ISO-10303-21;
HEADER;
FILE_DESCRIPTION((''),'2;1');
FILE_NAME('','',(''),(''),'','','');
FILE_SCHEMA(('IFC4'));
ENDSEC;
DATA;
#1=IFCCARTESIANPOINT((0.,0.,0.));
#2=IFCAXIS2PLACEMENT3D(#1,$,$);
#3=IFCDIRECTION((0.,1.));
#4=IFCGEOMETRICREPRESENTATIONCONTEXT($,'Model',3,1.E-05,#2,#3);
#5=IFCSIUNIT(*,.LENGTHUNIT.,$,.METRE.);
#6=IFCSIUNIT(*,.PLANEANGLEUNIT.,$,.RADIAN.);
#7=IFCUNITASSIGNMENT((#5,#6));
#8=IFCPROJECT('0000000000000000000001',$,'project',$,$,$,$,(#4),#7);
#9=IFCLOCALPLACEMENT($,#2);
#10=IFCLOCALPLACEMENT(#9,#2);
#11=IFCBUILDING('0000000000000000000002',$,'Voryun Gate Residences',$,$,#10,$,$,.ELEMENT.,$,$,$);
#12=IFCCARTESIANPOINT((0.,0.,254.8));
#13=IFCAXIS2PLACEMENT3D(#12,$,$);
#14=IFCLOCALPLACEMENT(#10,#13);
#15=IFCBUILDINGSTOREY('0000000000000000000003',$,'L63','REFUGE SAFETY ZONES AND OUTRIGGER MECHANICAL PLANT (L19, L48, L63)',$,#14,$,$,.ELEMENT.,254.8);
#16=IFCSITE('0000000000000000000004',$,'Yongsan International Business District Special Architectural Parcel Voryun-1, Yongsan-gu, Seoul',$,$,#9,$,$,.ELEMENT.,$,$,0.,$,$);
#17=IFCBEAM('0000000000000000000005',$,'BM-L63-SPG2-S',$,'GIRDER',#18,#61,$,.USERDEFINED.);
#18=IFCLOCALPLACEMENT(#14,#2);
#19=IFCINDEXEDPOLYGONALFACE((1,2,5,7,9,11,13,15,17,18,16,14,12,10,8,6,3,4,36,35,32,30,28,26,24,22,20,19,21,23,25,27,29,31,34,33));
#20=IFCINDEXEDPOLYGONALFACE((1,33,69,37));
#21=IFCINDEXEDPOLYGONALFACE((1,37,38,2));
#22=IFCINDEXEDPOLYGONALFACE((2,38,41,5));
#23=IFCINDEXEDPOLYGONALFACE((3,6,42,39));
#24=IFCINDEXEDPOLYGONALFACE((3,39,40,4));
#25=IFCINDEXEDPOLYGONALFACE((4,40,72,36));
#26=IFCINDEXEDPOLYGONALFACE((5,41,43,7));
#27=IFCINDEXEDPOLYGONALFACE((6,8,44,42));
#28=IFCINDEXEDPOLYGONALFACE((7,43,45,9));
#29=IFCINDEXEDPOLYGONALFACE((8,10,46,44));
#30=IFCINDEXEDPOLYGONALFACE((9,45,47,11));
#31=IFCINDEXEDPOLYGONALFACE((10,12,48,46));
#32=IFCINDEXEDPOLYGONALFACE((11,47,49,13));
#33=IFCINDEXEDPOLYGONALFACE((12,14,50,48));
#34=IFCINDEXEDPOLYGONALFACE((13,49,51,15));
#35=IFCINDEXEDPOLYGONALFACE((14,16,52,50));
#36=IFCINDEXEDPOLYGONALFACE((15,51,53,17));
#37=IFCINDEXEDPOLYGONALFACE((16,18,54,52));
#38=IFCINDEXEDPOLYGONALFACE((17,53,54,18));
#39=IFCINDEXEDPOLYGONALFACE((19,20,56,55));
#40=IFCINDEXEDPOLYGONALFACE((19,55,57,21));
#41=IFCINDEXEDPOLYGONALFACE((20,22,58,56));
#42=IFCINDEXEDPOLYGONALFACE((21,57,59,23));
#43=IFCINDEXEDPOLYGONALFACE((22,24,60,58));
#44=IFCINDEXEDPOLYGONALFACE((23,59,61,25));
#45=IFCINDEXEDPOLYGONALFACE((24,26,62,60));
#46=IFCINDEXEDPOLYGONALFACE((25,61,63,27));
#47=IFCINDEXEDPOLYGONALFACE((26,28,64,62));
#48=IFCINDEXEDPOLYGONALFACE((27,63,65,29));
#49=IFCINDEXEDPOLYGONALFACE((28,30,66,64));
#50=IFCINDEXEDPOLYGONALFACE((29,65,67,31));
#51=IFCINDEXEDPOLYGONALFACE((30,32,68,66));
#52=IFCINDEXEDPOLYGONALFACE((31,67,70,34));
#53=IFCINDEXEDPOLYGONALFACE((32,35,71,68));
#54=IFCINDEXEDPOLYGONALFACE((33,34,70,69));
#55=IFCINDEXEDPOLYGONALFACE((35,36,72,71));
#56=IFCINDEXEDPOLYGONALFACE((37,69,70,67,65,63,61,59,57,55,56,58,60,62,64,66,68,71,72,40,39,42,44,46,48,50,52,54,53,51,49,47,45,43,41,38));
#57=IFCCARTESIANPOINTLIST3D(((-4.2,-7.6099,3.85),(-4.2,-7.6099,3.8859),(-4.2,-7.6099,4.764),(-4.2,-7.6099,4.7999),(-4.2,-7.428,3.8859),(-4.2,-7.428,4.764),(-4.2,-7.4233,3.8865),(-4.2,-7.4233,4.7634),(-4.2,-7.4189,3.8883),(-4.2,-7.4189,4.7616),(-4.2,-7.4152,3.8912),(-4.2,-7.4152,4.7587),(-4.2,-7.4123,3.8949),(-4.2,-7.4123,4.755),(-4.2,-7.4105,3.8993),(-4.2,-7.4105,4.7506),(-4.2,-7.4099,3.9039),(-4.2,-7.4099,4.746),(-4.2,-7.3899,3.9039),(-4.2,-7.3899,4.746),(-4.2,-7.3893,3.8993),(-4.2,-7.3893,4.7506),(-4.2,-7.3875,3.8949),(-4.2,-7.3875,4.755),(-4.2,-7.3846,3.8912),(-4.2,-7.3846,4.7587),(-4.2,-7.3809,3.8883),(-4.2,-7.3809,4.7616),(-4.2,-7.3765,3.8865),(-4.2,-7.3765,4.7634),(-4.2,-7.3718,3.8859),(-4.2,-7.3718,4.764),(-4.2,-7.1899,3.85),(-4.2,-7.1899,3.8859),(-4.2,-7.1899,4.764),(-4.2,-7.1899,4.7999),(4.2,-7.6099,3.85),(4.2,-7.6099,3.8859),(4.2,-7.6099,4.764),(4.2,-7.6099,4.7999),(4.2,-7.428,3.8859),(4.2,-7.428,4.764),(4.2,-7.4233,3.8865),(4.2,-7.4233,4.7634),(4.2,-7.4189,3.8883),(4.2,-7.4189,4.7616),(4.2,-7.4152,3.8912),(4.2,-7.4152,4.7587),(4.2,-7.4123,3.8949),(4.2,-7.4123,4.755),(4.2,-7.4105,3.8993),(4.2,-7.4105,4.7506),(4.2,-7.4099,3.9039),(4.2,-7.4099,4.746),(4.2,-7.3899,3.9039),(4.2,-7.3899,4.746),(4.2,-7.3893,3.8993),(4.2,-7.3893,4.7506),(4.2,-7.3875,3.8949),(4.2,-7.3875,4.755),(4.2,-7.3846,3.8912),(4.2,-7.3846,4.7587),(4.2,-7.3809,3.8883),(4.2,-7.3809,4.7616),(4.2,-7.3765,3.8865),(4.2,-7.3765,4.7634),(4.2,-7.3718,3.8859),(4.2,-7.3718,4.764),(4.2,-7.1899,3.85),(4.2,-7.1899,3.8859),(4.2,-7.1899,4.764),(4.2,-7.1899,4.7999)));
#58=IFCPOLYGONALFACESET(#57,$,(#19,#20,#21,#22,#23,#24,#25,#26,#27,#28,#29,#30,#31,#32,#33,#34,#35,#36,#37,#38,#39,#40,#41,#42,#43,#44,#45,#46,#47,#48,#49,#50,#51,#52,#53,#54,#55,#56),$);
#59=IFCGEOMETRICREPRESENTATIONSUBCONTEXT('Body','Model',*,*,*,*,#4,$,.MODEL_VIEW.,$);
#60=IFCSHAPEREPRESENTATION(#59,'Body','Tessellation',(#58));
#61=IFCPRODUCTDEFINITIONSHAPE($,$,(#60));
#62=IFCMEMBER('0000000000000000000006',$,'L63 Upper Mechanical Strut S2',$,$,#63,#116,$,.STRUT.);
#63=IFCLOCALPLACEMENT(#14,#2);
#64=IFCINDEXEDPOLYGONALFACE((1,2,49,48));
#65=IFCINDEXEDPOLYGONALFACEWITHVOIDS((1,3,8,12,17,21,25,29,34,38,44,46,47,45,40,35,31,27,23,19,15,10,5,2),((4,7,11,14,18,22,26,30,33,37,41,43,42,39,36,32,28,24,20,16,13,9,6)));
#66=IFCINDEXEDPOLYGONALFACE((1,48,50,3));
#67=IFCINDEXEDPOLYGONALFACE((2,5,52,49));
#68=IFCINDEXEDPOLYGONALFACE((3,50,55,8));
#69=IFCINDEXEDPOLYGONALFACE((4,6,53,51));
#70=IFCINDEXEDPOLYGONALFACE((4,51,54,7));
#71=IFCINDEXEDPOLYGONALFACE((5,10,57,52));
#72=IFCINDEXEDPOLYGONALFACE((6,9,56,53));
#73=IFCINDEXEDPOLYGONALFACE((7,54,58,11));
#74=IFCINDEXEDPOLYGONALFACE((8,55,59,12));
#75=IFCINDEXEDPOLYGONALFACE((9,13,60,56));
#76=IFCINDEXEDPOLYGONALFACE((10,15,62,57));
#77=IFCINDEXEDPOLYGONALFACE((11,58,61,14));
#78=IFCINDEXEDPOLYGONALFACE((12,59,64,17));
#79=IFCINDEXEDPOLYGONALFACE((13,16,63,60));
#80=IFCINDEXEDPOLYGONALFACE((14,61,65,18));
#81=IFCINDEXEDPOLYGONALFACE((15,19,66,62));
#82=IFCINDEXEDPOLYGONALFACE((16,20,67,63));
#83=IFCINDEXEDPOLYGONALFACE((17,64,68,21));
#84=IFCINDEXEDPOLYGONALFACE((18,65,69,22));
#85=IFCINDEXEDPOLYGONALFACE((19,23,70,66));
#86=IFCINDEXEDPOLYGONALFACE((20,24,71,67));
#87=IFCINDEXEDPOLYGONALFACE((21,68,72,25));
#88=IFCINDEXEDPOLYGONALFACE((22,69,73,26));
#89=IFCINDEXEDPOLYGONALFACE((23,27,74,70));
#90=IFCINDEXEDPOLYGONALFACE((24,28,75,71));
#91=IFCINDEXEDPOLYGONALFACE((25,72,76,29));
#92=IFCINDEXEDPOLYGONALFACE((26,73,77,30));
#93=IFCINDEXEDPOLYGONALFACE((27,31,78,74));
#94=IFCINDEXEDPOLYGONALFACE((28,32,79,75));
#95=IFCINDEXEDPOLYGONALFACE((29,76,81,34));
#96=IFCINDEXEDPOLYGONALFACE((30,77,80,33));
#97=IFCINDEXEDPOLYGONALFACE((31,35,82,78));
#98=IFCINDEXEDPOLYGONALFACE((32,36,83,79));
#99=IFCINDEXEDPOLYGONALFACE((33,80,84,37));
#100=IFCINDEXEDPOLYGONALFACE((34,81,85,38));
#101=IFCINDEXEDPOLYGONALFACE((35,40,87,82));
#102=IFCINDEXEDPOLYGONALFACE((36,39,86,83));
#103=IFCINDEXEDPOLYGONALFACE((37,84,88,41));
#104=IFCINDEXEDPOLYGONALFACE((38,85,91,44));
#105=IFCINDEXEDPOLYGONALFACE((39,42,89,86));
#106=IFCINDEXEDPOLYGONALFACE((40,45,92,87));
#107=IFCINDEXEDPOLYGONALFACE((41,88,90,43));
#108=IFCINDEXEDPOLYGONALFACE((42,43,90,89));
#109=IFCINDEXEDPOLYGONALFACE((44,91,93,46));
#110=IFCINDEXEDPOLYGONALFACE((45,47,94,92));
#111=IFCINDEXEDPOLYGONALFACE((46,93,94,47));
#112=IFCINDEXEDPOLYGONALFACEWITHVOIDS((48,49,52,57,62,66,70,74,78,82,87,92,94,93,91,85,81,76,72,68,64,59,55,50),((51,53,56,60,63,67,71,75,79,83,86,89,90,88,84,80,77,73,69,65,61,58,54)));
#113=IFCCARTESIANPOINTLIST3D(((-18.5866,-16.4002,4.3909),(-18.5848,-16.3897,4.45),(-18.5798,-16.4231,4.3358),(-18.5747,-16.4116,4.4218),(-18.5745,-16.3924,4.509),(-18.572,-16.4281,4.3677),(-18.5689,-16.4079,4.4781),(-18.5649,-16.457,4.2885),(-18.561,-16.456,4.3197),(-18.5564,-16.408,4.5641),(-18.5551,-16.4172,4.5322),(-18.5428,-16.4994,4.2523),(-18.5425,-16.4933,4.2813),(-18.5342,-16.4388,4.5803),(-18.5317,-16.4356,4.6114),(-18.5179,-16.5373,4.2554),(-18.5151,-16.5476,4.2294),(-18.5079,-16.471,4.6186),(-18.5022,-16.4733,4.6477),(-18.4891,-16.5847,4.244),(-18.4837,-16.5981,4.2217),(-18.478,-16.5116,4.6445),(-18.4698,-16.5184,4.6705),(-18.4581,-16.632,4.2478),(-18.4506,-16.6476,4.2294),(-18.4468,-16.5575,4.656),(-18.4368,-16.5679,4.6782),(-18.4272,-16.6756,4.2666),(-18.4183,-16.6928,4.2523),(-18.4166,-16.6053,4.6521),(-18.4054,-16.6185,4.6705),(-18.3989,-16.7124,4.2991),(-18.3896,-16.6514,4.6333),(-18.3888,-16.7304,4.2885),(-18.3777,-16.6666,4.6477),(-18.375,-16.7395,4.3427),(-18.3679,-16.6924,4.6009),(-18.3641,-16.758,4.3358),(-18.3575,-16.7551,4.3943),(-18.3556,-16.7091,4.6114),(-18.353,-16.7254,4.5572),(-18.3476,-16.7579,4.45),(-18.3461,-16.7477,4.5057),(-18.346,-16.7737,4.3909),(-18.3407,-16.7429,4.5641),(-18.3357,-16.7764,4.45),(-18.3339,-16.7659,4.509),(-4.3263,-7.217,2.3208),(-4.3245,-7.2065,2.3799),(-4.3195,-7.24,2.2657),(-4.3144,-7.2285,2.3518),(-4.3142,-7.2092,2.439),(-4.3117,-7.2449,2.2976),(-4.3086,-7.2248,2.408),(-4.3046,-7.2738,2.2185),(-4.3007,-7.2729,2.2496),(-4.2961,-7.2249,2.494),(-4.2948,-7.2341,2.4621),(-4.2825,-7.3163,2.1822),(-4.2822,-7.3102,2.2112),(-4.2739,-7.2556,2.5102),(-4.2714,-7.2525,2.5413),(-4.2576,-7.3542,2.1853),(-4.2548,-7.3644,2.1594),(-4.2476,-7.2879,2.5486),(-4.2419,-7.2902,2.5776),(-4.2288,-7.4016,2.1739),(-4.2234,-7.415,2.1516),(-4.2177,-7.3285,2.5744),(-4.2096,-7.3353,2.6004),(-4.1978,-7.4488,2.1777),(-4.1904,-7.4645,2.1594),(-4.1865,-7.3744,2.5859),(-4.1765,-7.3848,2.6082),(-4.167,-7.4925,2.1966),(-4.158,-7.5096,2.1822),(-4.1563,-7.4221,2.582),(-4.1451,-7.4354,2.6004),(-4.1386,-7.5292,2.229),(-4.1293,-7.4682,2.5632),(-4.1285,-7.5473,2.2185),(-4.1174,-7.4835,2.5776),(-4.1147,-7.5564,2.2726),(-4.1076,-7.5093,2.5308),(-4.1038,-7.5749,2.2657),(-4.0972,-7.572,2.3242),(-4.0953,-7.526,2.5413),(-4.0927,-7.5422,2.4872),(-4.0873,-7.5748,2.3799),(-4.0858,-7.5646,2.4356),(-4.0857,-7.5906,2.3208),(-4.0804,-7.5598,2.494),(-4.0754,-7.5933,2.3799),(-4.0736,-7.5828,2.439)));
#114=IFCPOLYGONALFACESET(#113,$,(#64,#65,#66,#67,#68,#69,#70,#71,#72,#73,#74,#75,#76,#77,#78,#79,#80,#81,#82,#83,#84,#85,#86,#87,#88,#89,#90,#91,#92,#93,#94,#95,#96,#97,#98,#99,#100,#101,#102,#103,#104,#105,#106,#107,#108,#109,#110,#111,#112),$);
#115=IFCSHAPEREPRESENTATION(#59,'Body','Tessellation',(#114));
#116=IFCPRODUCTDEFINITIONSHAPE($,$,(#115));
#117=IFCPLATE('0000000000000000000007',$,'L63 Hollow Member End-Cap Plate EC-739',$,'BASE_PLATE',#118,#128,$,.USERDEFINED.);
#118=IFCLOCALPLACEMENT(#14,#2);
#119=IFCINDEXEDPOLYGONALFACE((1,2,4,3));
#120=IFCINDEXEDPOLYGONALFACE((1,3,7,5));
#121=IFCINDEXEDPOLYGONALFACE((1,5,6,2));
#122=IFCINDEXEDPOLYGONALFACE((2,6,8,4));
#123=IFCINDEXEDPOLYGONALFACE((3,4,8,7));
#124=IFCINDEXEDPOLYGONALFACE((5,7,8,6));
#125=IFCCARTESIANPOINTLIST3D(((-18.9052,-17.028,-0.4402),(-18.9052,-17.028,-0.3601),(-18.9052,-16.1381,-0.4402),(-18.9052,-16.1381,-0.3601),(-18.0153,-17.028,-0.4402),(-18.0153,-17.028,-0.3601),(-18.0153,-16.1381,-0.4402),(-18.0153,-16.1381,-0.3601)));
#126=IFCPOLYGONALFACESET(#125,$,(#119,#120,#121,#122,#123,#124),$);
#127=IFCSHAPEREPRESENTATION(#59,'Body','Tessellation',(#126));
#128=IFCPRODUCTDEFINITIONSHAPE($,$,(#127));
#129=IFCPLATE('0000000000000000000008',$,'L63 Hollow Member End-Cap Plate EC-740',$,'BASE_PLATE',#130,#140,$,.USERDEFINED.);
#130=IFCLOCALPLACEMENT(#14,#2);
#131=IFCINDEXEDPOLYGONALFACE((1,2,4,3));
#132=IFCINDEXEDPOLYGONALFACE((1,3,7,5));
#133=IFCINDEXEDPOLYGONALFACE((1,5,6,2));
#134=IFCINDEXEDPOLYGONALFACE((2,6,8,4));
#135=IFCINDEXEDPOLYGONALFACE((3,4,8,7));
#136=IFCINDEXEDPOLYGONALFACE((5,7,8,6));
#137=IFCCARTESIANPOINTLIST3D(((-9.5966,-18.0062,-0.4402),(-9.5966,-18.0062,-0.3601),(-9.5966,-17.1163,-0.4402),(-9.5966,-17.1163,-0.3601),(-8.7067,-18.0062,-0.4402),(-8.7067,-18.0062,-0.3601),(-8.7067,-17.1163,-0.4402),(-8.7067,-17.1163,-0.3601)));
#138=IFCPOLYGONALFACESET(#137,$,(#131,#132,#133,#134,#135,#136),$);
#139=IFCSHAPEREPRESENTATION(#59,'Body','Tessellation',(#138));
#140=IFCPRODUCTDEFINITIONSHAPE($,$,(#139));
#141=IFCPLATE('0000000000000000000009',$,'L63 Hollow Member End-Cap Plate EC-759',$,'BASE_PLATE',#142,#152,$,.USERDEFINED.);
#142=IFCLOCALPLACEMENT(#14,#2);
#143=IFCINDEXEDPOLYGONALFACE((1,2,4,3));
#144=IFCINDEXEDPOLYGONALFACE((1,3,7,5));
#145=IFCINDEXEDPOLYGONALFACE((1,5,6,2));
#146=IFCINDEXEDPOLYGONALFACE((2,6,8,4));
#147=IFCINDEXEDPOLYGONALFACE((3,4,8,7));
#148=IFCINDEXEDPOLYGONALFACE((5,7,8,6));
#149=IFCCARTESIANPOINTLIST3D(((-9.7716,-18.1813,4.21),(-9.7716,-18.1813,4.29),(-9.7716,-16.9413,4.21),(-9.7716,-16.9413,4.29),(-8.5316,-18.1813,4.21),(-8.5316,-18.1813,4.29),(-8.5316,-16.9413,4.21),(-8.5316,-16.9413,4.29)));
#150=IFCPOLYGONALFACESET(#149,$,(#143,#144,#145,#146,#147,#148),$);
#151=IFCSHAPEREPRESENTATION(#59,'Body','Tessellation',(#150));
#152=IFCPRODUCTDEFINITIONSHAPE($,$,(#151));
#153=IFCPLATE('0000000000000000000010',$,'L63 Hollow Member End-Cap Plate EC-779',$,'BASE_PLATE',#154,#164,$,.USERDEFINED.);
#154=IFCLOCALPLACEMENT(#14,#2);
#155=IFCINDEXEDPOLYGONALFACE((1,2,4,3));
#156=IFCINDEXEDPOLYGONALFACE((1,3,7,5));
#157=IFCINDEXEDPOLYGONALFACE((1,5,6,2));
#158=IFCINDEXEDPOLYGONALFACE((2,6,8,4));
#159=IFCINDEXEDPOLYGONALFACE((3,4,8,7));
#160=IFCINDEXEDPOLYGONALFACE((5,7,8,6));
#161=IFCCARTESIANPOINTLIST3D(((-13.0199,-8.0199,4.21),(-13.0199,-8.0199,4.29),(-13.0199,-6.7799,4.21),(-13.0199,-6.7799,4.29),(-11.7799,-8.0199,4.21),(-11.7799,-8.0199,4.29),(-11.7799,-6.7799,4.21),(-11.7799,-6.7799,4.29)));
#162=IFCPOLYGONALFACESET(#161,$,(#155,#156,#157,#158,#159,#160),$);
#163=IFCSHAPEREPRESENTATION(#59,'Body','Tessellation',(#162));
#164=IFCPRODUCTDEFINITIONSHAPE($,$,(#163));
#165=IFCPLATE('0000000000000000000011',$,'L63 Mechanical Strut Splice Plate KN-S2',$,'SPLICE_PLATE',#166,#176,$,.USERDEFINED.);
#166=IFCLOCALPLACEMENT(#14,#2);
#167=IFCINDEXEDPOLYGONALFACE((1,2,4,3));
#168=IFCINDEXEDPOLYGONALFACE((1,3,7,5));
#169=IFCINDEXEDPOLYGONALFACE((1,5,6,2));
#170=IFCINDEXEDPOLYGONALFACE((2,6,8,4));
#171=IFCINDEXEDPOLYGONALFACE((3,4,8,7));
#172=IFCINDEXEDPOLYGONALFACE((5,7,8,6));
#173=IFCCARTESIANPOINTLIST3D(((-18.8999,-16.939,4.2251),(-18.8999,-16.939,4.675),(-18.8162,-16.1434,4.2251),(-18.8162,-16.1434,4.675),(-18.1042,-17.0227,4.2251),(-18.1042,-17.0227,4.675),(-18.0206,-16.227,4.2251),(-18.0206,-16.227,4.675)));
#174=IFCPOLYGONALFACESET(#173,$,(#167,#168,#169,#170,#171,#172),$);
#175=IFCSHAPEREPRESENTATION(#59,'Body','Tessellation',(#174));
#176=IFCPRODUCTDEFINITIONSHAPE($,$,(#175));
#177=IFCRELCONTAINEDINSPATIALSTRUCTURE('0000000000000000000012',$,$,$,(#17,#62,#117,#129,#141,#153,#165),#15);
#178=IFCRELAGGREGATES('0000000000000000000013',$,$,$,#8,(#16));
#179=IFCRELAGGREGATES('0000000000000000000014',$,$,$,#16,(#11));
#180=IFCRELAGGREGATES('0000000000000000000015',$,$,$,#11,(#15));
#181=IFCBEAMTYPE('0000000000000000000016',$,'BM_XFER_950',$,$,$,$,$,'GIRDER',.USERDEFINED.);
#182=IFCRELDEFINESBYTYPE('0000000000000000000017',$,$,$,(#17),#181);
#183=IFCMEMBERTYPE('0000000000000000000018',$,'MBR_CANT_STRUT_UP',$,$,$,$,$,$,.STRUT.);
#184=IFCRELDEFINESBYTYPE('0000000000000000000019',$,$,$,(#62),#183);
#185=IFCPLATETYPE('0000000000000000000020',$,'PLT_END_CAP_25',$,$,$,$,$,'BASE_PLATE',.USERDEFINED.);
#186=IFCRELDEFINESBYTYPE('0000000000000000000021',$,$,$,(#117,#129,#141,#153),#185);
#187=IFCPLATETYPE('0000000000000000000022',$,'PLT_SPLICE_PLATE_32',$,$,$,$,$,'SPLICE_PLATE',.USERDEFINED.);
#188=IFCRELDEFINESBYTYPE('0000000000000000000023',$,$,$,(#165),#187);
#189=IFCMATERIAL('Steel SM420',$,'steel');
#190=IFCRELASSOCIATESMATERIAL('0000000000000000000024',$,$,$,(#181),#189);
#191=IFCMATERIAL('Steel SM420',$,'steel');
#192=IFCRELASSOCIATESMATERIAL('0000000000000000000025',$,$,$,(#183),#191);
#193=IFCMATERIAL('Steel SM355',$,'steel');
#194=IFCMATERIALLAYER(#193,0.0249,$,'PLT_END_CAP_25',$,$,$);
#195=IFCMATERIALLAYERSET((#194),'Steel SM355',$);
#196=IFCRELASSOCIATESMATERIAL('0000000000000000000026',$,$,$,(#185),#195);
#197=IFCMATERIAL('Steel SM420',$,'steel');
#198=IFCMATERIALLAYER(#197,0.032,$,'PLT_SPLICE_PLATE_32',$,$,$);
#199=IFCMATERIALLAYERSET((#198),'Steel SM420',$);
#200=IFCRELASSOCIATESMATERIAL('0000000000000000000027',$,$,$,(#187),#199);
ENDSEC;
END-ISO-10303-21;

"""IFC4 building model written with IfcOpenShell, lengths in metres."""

from ifc_helpers import new_model, si_unit, direction, frame, origin, origin_2d, place, context, subcontext, project, spatial, rectangle, hollow_circle, i_section, extrude, material, layer, layer_set, material_profile, profile_set, type_object, element, save


model = new_model("IFC4")

# Units and contexts
model_context = context("Model", 3, precision=1e-05, world=origin(), true_north=direction((0.0, 1.0)))
body_context = subcontext(model_context, "Body", "Model", "MODEL_VIEW")
ifc_project = project(units=[si_unit("LENGTHUNIT", "METRE"), si_unit("PLANEANGLEUNIT", "RADIAN")], contexts=[model_context])

# Site, building, storey
site_placement = place(None, origin())
site = spatial("IfcSite", under=ifc_project, at=site_placement, Name="Yongsan International Business District Special Architectural Parcel Voryun-1, Yongsan-gu, Seoul", CompositionType="ELEMENT", RefElevation=0.0)
building_placement = place(site_placement, origin())
building = spatial("IfcBuilding", under=site, at=building_placement, Name="Voryun Gate Residences", CompositionType="ELEMENT")
storey_placement = place(building_placement, frame((0.0, 0.0, 254.8)))
storey = spatial("IfcBuildingStorey", under=building, at=storey_placement, Name="L63", Description="REFUGE SAFETY ZONES AND OUTRIGGER MECHANICAL PLANT (L19, L48, L63)", CompositionType="ELEMENT", Elevation=254.8)

# Beam
ifc_material_1 = material(Name="Steel SM420", Category="steel")
ifc_material_profile_1 = material_profile(ifc_material_1, i_section(OverallWidth=0.4199, OverallDepth=0.95, WebThickness=0.02, FlangeThickness=0.0359, FilletRadius=0.0181, at=origin_2d()), Name="H-950x420x20x36")
ifc_profile_set_1 = profile_set([ifc_material_profile_1], Name="Steel SM420")
beam_type_1 = type_object("IfcBeamType", Name="BM_XFER_950", ElementType="GIRDER", PredefinedType="USERDEFINED", material=ifc_profile_set_1)
beam_1_placement = place(storey_placement, frame((-4.2, -7.3999, 4.325), z_axis=(1.0, 0.0, 0.0), x_axis=(0.0, 1.0, 0.0)))
element("IfcBeam", 1, at=beam_1_placement, inside=storey, type_object=beam_type_1, Name="BM-L63-SPG2-S", ObjectType="GIRDER", PredefinedType="USERDEFINED", context=body_context, shape_type="SweptSolid", body=[
    extrude(i_section(OverallWidth=0.4199, OverallDepth=0.95, WebThickness=0.02, FlangeThickness=0.0359, FilletRadius=0.0181, at=origin_2d()), origin(), (0.0, 0.0, 1.0), 8.3999),
])

# Member
ifc_material_2 = material(Name="Steel SM420", Category="steel")
ifc_material_profile_2 = material_profile(ifc_material_2, hollow_circle(Radius=0.23, WallThickness=0.022, at=origin_2d()), Name="CHS-460x22")
ifc_profile_set_2 = profile_set([ifc_material_profile_2], Name="Steel SM420")
member_type = type_object("IfcMemberType", Name="MBR_CANT_STRUT_UP", PredefinedType="STRUT", material=ifc_profile_set_2)
member_placement = place(storey_placement, frame((-4.2, -7.3999, 2.3799), z_axis=(-0.834562, -0.537429, 0.121148), x_axis=(0.541417, -0.840755, 0.0)))
element("IfcMember", 2, at=member_placement, inside=storey, type_object=member_type, Name="L63 Upper Mechanical Strut S2", PredefinedType="STRUT", context=body_context, shape_type="SweptSolid", body=[
    extrude(hollow_circle(Radius=0.23, WallThickness=0.022, at=origin_2d()), origin(), (0.0, 0.0, 1.0), 17.0872),
])

# Plates
ifc_material_3 = material(Name="Steel SM355", Category="steel")
ifc_layer_1 = layer(ifc_material_3, 0.0249, Name="PLT_END_CAP_25")
ifc_layer_set_1 = layer_set([ifc_layer_1], Name="Steel SM355")
plate_type_1 = type_object("IfcPlateType", Name="PLT_END_CAP_25", ElementType="BASE_PLATE", PredefinedType="USERDEFINED", material=ifc_layer_set_1)
for number, where, z_axis, x_axis, name in (
    (3, (-18.4602, -16.583, -0.4402), (0.0, 0.0, 1.0), (1.0, 0.0, 0.0), "L63 Hollow Member End-Cap Plate EC-739"),
    (4, (-9.1516, -17.5613, -0.4402), (0.0, 0.0, 1.0), (1.0, 0.0, 0.0), "L63 Hollow Member End-Cap Plate EC-740"),
):
    element("IfcPlate", number, at=place(storey_placement, frame(where, z_axis=z_axis, x_axis=x_axis)), inside=storey, type_object=plate_type_1, Name=name, ObjectType="BASE_PLATE", PredefinedType="USERDEFINED", context=body_context, shape_type="SweptSolid", body=[
        extrude(rectangle(XDim=0.8899, YDim=0.8899, at=origin_2d()), origin(), (0.0, 0.0, 1.0), 0.0801),
    ])
for number, where, z_axis, x_axis, name in (
    (5, (-9.1516, -17.5613, 4.21), (0.0, 0.0, 1.0), (1.0, 0.0, 0.0), "L63 Hollow Member End-Cap Plate EC-759"),
    (6, (-12.3999, -7.3999, 4.21), (0.0, 0.0, 1.0), (1.0, 0.0, 0.0), "L63 Hollow Member End-Cap Plate EC-779"),
):
    element("IfcPlate", number, at=place(storey_placement, frame(where, z_axis=z_axis, x_axis=x_axis)), inside=storey, type_object=plate_type_1, Name=name, ObjectType="BASE_PLATE", PredefinedType="USERDEFINED", context=body_context, shape_type="SweptSolid", body=[
        extrude(rectangle(XDim=1.24, YDim=1.24, at=origin_2d()), origin(), (0.0, 0.0, 1.0), 0.0801),
    ])
ifc_material_4 = material(Name="Steel SM420", Category="steel")
ifc_layer_2 = layer(ifc_material_4, 0.032, Name="PLT_SPLICE_PLATE_32")
ifc_layer_set_2 = layer_set([ifc_layer_2], Name="Steel SM420")
plate_type_2 = type_object("IfcPlateType", Name="PLT_SPLICE_PLATE_32", ElementType="SPLICE_PLATE", PredefinedType="USERDEFINED", material=ifc_layer_set_2)
plate_placement = place(storey_placement, frame((-18.4602, -16.583, 4.2251), z_axis=(0.0, 0.0, 1.0), x_axis=(0.994522, -0.104528, 0.0)))
element("IfcPlate", 7, at=plate_placement, inside=storey, type_object=plate_type_2, Name="L63 Mechanical Strut Splice Plate KN-S2", ObjectType="SPLICE_PLATE", PredefinedType="USERDEFINED", context=body_context, shape_type="SweptSolid", body=[
    extrude(rectangle(XDim=0.8, YDim=0.8, at=origin_2d()), origin(), (0.0, 0.0, 1.0), 0.45),
])

save(model, "model.ifc")
